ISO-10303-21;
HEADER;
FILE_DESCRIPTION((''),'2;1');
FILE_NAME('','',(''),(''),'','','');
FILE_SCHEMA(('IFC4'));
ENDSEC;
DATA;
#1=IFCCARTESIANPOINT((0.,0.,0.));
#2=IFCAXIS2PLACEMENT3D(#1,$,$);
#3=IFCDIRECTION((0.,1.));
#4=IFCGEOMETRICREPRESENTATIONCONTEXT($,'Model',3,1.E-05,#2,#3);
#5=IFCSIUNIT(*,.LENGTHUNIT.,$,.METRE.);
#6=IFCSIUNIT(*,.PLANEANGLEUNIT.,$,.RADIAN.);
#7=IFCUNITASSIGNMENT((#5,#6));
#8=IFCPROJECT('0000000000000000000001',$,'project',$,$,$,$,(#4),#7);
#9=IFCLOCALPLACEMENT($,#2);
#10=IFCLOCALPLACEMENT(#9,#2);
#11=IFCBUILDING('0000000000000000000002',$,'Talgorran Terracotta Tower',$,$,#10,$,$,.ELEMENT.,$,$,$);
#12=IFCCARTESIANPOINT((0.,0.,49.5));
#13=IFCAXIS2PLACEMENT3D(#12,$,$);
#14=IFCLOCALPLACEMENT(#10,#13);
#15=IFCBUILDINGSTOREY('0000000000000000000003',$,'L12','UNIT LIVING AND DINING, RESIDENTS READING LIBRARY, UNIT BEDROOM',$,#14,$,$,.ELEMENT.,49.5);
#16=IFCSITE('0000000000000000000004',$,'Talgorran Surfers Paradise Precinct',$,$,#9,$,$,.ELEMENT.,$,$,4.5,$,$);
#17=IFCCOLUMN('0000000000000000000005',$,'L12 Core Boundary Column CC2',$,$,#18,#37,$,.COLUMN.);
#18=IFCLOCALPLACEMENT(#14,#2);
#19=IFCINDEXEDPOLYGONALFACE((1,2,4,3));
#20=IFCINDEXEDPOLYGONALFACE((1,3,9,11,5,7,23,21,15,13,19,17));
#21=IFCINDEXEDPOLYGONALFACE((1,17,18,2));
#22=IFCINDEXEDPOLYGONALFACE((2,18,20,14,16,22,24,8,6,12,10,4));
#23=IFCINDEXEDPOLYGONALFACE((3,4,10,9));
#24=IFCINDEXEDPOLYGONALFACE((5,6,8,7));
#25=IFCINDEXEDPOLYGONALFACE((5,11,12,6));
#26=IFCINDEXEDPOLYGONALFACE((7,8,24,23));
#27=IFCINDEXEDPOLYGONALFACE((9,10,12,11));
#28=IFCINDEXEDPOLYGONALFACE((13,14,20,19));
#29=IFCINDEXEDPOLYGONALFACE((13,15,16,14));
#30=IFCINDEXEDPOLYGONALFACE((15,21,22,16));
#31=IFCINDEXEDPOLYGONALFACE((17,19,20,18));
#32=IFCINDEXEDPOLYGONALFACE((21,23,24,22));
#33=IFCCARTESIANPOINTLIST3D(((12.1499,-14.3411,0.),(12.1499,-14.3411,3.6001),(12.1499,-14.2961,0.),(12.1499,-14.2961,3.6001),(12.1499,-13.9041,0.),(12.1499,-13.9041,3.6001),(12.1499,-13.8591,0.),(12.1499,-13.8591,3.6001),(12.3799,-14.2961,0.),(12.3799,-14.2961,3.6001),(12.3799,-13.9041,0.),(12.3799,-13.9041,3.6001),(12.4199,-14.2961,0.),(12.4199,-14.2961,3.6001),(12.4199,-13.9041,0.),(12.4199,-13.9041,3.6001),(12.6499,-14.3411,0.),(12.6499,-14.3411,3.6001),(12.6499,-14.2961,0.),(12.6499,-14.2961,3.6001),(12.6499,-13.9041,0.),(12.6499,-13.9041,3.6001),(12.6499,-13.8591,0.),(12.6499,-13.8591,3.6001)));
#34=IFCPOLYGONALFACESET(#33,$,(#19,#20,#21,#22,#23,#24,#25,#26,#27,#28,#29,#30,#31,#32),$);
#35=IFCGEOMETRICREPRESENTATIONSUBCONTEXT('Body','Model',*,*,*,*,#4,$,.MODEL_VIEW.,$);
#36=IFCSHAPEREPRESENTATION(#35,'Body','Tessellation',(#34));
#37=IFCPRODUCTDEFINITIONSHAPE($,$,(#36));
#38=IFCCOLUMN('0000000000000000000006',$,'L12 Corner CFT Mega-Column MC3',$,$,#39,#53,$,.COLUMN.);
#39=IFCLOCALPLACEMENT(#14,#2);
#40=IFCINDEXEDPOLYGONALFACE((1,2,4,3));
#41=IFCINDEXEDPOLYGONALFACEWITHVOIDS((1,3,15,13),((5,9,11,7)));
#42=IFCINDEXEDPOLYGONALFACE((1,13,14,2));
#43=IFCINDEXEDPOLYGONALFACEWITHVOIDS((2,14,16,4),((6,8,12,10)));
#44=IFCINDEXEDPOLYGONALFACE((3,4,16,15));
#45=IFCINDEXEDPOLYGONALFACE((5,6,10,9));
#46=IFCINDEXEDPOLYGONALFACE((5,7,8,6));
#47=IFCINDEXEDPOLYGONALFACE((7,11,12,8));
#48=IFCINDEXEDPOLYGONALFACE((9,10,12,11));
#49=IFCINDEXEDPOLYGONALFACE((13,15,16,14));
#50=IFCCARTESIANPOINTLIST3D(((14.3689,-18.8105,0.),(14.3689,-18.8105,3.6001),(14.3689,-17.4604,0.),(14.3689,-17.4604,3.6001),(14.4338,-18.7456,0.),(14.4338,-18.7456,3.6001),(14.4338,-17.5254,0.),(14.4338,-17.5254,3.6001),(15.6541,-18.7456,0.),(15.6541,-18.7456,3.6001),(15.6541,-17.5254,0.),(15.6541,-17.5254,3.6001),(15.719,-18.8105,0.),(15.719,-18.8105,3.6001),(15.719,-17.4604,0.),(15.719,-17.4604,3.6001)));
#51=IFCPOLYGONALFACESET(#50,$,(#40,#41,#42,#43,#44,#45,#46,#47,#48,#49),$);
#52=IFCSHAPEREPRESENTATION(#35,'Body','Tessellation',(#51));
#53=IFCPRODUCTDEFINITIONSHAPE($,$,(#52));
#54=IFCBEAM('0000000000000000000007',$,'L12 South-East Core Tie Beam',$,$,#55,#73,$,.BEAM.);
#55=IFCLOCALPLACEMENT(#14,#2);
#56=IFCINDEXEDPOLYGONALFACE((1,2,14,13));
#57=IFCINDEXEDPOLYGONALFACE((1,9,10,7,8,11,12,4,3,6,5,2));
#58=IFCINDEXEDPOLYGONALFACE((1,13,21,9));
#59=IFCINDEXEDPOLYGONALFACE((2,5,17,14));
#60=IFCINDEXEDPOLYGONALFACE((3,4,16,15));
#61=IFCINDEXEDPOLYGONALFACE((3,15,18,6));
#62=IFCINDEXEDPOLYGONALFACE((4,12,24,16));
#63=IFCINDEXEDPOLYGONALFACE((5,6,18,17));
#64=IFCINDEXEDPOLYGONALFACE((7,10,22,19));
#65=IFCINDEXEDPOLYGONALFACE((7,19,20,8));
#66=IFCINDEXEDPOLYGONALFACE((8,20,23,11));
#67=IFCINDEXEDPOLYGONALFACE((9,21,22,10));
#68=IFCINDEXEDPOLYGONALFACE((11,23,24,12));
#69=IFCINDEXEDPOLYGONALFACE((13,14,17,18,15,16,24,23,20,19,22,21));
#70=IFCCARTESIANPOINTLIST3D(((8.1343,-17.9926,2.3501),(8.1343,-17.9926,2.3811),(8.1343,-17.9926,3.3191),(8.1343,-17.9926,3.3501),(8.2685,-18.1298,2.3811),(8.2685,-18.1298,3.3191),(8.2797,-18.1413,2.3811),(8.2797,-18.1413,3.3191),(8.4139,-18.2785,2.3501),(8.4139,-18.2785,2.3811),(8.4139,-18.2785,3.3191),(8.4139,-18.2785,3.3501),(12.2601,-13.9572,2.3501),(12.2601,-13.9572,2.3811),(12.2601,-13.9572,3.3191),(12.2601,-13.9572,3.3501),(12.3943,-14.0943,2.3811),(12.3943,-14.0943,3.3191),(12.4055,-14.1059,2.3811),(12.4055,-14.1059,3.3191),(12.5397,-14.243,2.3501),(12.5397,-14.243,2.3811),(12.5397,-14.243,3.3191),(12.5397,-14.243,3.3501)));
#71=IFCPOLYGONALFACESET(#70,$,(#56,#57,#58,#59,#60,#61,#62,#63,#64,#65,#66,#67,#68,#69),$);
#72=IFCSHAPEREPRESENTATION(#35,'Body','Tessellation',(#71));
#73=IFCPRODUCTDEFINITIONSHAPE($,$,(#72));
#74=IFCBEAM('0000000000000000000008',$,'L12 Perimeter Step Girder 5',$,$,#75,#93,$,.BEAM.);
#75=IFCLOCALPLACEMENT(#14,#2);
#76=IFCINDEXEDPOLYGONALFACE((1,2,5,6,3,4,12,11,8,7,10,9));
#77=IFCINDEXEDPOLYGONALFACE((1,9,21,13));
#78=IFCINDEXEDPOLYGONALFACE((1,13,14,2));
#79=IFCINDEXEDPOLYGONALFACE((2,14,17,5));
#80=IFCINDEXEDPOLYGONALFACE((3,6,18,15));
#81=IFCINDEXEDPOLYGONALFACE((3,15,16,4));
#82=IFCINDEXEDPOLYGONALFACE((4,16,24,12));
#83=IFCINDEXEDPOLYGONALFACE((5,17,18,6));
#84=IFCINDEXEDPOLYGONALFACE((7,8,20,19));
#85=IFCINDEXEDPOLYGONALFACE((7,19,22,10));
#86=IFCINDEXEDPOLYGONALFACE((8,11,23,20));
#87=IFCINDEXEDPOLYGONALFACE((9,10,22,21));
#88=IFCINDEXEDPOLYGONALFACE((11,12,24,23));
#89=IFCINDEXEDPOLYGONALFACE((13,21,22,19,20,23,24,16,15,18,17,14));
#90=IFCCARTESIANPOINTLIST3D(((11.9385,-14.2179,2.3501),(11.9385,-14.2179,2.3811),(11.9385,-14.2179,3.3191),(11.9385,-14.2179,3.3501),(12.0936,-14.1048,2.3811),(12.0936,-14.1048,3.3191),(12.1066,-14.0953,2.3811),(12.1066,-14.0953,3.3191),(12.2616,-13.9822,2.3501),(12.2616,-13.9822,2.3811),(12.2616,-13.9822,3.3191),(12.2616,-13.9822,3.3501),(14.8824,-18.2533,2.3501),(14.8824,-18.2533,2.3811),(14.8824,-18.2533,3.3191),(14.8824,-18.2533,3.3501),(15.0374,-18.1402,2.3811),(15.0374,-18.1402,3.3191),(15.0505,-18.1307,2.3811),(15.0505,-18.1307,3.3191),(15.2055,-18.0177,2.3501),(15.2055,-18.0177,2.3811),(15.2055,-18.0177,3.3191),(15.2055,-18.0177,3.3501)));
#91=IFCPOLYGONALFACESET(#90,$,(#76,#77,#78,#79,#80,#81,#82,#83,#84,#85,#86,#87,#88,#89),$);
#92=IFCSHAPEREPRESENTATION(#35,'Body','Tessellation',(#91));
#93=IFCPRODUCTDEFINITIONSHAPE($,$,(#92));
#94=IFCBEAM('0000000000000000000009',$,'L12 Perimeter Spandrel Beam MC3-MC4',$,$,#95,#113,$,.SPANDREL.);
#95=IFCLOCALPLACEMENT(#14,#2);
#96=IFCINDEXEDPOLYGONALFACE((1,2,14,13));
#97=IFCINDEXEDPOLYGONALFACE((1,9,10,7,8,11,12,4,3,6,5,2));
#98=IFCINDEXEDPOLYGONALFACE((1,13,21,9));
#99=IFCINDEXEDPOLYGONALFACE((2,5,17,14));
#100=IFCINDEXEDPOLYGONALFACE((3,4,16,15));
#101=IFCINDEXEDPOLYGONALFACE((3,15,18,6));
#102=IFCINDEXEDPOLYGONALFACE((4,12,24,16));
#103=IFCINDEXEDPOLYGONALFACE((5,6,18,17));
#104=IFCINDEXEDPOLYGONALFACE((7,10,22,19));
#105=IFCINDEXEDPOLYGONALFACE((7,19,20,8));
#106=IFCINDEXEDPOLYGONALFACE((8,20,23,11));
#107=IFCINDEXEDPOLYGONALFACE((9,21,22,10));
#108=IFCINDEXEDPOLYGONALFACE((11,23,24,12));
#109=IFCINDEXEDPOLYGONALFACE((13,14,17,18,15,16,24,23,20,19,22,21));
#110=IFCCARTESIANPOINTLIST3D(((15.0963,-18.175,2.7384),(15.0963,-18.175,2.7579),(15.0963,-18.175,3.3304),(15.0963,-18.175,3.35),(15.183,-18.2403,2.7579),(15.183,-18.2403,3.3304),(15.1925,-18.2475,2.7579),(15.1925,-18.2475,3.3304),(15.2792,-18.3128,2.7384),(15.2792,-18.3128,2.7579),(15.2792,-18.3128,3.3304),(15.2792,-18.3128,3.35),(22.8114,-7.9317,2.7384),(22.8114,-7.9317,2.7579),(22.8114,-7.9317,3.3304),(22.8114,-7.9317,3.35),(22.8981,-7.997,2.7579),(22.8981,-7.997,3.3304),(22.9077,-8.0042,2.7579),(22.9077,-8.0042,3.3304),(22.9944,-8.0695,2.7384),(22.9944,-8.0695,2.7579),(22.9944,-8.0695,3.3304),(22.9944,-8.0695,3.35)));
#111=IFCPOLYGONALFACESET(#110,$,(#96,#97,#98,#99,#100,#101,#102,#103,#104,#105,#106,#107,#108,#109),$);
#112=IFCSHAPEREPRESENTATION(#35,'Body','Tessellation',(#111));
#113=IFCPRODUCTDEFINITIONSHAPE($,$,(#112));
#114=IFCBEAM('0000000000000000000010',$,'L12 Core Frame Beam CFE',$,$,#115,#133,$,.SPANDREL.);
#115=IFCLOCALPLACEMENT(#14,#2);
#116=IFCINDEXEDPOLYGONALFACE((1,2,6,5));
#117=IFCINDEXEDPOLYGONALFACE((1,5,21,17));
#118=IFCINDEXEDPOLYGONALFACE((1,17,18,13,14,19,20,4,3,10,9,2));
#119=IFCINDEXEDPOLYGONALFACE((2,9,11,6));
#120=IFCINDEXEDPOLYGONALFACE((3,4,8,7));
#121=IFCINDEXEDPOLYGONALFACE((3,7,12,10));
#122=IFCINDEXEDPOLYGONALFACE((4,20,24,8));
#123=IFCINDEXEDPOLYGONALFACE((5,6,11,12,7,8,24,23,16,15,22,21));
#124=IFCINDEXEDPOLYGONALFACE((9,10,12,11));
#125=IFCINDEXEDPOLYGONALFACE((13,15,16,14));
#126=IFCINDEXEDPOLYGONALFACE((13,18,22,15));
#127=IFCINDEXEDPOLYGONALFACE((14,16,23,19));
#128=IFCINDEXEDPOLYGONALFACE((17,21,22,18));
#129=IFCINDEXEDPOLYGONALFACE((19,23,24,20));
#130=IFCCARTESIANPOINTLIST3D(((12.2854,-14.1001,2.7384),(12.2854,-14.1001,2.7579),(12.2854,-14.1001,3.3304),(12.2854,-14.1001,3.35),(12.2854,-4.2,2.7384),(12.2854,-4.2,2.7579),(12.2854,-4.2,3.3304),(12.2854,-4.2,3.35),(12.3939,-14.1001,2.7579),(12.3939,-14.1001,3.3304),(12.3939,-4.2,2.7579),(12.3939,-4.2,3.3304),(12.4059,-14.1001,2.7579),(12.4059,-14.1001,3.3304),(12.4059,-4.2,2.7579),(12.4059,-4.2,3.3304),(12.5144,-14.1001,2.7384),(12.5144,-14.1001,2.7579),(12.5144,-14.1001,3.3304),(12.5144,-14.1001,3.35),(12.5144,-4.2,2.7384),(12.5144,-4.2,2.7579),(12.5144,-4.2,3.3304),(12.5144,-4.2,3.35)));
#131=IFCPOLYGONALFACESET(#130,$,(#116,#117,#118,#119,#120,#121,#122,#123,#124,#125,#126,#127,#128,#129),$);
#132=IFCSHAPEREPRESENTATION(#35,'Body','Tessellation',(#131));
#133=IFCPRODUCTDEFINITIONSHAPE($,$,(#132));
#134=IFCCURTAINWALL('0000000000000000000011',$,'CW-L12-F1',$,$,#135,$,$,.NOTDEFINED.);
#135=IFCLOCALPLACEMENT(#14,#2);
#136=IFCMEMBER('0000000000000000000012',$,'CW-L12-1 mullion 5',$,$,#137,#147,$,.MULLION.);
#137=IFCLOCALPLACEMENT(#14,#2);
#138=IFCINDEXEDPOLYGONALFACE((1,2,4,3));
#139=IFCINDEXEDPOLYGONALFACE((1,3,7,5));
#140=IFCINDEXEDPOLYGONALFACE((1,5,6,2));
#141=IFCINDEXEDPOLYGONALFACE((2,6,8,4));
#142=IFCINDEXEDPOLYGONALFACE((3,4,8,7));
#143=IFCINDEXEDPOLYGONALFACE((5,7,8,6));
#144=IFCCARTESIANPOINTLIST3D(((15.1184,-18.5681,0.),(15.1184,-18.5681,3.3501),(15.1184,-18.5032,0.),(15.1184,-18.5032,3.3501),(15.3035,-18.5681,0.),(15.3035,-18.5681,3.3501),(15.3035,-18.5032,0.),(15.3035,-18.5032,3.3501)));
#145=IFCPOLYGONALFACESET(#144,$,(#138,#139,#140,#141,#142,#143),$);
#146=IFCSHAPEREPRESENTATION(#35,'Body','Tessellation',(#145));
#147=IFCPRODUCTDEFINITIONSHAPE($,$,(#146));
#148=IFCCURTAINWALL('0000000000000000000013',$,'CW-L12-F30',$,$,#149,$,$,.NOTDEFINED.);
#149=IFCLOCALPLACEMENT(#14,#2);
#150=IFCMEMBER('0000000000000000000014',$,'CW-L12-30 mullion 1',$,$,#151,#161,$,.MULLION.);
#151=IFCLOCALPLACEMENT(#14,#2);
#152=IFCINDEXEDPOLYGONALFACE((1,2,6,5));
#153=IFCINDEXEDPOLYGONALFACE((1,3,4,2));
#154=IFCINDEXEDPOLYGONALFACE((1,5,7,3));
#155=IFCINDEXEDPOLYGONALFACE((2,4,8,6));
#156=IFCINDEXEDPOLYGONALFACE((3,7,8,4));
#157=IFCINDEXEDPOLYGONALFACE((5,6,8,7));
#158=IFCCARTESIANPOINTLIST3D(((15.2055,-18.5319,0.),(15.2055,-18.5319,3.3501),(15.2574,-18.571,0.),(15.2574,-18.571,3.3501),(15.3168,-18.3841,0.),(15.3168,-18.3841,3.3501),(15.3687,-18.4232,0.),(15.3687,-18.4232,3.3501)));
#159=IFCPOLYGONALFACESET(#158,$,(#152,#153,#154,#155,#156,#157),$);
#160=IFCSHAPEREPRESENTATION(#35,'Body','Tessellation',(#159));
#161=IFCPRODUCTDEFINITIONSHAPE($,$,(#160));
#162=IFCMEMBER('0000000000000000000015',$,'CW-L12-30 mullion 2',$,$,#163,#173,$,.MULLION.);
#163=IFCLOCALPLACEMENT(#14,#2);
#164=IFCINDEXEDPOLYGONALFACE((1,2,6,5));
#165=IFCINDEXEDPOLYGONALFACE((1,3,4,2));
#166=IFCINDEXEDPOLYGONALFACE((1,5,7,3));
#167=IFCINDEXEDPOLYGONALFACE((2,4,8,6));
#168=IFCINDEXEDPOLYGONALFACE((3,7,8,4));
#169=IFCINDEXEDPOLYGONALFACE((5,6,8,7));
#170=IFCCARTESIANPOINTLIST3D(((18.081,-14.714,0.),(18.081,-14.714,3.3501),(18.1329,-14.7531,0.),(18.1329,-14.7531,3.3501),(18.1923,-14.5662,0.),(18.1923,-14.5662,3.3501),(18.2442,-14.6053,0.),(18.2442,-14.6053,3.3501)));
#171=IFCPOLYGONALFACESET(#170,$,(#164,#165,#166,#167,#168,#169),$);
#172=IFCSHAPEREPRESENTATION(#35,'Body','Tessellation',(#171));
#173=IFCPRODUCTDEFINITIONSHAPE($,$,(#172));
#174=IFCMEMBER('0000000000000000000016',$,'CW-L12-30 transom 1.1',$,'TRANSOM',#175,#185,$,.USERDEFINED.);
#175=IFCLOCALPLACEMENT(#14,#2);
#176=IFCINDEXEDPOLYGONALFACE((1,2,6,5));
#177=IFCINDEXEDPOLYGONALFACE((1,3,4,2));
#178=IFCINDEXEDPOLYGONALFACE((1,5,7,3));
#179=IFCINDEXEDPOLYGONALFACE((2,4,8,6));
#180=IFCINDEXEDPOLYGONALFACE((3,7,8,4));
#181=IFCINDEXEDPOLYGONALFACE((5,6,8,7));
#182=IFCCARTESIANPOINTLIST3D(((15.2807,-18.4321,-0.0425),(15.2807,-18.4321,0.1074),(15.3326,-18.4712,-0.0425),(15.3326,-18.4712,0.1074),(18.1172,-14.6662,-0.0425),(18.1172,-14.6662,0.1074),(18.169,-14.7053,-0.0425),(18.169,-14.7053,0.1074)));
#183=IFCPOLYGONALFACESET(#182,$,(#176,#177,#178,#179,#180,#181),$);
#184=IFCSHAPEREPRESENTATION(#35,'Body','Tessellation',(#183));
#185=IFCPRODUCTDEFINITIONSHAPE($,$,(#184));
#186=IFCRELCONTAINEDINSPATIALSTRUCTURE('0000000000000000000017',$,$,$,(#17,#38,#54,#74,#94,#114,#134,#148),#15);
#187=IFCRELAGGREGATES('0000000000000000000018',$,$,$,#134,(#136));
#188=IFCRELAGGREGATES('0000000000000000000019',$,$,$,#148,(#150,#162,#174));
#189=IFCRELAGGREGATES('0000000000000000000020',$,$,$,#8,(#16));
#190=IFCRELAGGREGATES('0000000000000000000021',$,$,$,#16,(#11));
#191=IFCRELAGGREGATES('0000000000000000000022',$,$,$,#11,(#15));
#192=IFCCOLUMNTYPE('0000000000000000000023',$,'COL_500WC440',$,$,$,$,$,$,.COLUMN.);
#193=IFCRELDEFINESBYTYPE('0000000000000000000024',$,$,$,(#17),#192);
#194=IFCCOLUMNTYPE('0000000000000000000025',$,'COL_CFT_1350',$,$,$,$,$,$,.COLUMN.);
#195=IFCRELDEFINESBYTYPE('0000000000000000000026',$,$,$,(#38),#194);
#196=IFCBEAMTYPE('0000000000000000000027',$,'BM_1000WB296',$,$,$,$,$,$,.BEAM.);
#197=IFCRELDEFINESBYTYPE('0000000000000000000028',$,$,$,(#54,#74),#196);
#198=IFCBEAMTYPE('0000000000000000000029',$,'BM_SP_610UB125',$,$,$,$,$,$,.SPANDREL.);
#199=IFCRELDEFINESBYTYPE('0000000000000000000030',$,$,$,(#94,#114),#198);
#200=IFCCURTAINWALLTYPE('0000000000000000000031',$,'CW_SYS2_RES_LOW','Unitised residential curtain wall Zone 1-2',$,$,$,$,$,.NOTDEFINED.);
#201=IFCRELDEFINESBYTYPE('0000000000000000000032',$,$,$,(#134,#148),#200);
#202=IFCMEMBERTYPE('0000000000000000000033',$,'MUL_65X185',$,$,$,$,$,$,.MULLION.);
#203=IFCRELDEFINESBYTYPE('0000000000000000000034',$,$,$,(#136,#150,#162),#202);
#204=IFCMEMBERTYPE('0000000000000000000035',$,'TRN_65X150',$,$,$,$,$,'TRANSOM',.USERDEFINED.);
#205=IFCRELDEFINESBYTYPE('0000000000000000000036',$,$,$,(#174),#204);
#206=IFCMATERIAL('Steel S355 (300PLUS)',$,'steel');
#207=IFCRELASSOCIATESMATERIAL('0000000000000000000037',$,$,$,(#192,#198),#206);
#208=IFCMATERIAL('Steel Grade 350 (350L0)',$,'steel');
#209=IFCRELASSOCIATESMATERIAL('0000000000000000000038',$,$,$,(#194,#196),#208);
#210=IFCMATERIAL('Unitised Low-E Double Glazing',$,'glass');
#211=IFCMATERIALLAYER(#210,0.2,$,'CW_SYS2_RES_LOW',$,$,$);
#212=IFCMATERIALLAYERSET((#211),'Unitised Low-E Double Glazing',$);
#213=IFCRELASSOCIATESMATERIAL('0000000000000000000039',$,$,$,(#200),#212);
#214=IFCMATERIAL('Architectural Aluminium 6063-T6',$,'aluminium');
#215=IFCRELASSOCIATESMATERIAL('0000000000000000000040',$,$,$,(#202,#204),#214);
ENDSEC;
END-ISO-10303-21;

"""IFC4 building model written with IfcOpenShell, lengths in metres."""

from ifc_helpers import new_model, si_unit, direction, frame, origin, origin_2d, place, context, subcontext, project, spatial, rectangle, hollow_rectangle, i_section, extrude, material, layer, layer_set, material_profile, profile_set, type_object, element, aggregate, save


model = new_model("IFC4")

# Units and contexts
model_context = context("Model", 3, precision=1e-05, world=origin(), true_north=direction((0.0, 1.0)))
body_context = subcontext(model_context, "Body", "Model", "MODEL_VIEW")
ifc_project = project(units=[si_unit("LENGTHUNIT", "METRE"), si_unit("PLANEANGLEUNIT", "RADIAN")], contexts=[model_context])

# Site, building, storey
site_placement = place(None, origin())
site = spatial("IfcSite", under=ifc_project, at=site_placement, Name="Talgorran Surfers Paradise Precinct", CompositionType="ELEMENT", RefElevation=4.5)
building_placement = place(site_placement, origin())
building = spatial("IfcBuilding", under=site, at=building_placement, Name="Talgorran Terracotta Tower", CompositionType="ELEMENT")
storey_placement = place(building_placement, frame((0.0, 0.0, 49.5)))
storey = spatial("IfcBuildingStorey", under=building, at=storey_placement, Name="L12", Description="UNIT LIVING AND DINING, RESIDENTS READING LIBRARY, UNIT BEDROOM", CompositionType="ELEMENT", Elevation=49.5)

# Columns
ifc_material_1 = material(Name="Steel S355 (300PLUS)", Category="steel")
ifc_material_profile_1 = material_profile(ifc_material_1, i_section(OverallWidth=0.5, OverallDepth=0.4819, WebThickness=0.04, FlangeThickness=0.0449, at=origin_2d()), Name="500WC440")
ifc_profile_set_1 = profile_set([ifc_material_profile_1], Name="Steel S355 (300PLUS)")
column_type_1 = type_object("IfcColumnType", Name="COL_500WC440", PredefinedType="COLUMN", material=ifc_profile_set_1)
column_1_placement = place(storey_placement, frame((12.3999, -14.1001, 0.0), z_axis=(0.0, 0.0, 1.0), x_axis=(1.0, 0.0, 0.0)))
element("IfcColumn", 1, at=column_1_placement, inside=storey, type_object=column_type_1, Name="L12 Core Boundary Column CC2", PredefinedType="COLUMN", context=body_context, shape_type="SweptSolid", body=[
    extrude(i_section(OverallWidth=0.5, OverallDepth=0.4819, WebThickness=0.04, FlangeThickness=0.0449, at=origin_2d()), origin(), (0.0, 0.0, 1.0), 3.6001),
])
ifc_material_2 = material(Name="Steel Grade 350 (350L0)", Category="steel")
ifc_material_profile_2 = material_profile(ifc_material_2, hollow_rectangle(XDim=1.3501, YDim=1.3501, WallThickness=0.0649, at=origin_2d()), Name="CFT1350X1350X65")
ifc_profile_set_2 = profile_set([ifc_material_profile_2], Name="Steel Grade 350 (350L0)")
column_type_2 = type_object("IfcColumnType", Name="COL_CFT_1350", PredefinedType="COLUMN", material=ifc_profile_set_2)
column_2_placement = place(storey_placement, frame((15.0439, -18.1355, 0.0), z_axis=(0.0, 0.0, 1.0), x_axis=(1.0, 0.0, 0.0)))
element("IfcColumn", 2, at=column_2_placement, inside=storey, type_object=column_type_2, Name="L12 Corner CFT Mega-Column MC3", PredefinedType="COLUMN", context=body_context, shape_type="SweptSolid", body=[
    extrude(hollow_rectangle(XDim=1.3501, YDim=1.3501, WallThickness=0.0649, at=origin_2d()), origin(), (0.0, 0.0, 1.0), 3.6001),
])

# Beams
ifc_material_profile_3 = material_profile(ifc_material_2, i_section(OverallWidth=0.3999, OverallDepth=1.0, WebThickness=0.0161, FlangeThickness=0.031, at=origin_2d()), Name="1000WB296")
ifc_profile_set_3 = profile_set([ifc_material_profile_3], Name="Steel Grade 350 (350L0)")
beam_type_1 = type_object("IfcBeamType", Name="BM_1000WB296", PredefinedType="BEAM", material=ifc_profile_set_3)
beam_1_placement = place(storey_placement, frame((12.3999, -14.1001, 2.8501), z_axis=(-0.71489, -0.699237, 0.0), x_axis=(0.699237, -0.71489, 0.0)))
element("IfcBeam", 3, at=beam_1_placement, inside=storey, type_object=beam_type_1, Name="L12 South-East Core Tie Beam", PredefinedType="BEAM", context=body_context, shape_type="SweptSolid", body=[
    extrude(i_section(OverallWidth=0.3999, OverallDepth=1.0, WebThickness=0.0161, FlangeThickness=0.031, at=origin_2d()), origin(), (0.0, 0.0, 1.0), 5.7712),
])
beam_2_placement = place(storey_placement, frame((15.0439, -18.1355, 2.8501), z_axis=(-0.589351, 0.807877, 0.0), x_axis=(-0.807877, -0.589351, 0.0)))
element("IfcBeam", 4, at=beam_2_placement, inside=storey, type_object=beam_type_1, Name="L12 Perimeter Step Girder 5", PredefinedType="BEAM", context=body_context, shape_type="SweptSolid", body=[
    extrude(i_section(OverallWidth=0.3999, OverallDepth=1.0, WebThickness=0.0161, FlangeThickness=0.031, at=origin_2d()), origin(), (0.0, 0.0, 1.0), 4.9951),
])
ifc_material_profile_4 = material_profile(ifc_material_1, i_section(OverallWidth=0.229, OverallDepth=0.6116, WebThickness=0.012, FlangeThickness=0.0195, at=origin_2d()), Name="610UB125")
ifc_profile_set_4 = profile_set([ifc_material_profile_4], Name="Steel S355 (300PLUS)")
beam_type_2 = type_object("IfcBeamType", Name="BM_SP_610UB125", PredefinedType="SPANDREL", material=ifc_profile_set_4)
beam_3_placement = place(storey_placement, frame((15.1877, -18.2439, 3.0442), z_axis=(0.601631, 0.798774, 0.0), x_axis=(-0.798774, 0.601631, 0.0)))
element("IfcBeam", 5, at=beam_3_placement, inside=storey, type_object=beam_type_2, Name="L12 Perimeter Spandrel Beam MC3-MC4", PredefinedType="SPANDREL", context=body_context, shape_type="SweptSolid", body=[
    extrude(i_section(OverallWidth=0.229, OverallDepth=0.6116, WebThickness=0.012, FlangeThickness=0.0195, at=origin_2d()), origin(), (0.0, 0.0, 1.0), 12.8237),
])
beam_4_placement = place(storey_placement, frame((12.3999, -14.1001, 3.0442), z_axis=(0.0, 1.0, 0.0), x_axis=(-1.0, 0.0, 0.0)))
element("IfcBeam", 6, at=beam_4_placement, inside=storey, type_object=beam_type_2, Name="L12 Core Frame Beam CFE", PredefinedType="SPANDREL", context=body_context, shape_type="SweptSolid", body=[
    extrude(i_section(OverallWidth=0.229, OverallDepth=0.6116, WebThickness=0.012, FlangeThickness=0.0195, at=origin_2d()), origin(), (0.0, 0.0, 1.0), 9.9001),
])

# Curtain wall, member
ifc_material_3 = material(Name="Unitised Low-E Double Glazing", Category="glass")
ifc_layer_1 = layer(ifc_material_3, 0.2, Name="CW_SYS2_RES_LOW")
ifc_layer_set_1 = layer_set([ifc_layer_1], Name="Unitised Low-E Double Glazing")
curtain_wall_type = type_object("IfcCurtainWallType", Name="CW_SYS2_RES_LOW", Description="Unitised residential curtain wall Zone 1-2", PredefinedType="NOTDEFINED", material=ifc_layer_set_1)
curtain_wall_1_placement = place(storey_placement, origin())
curtain_wall_1 = element("IfcCurtainWall", 7, at=curtain_wall_1_placement, inside=storey, type_object=curtain_wall_type, Name="CW-L12-F1", PredefinedType="NOTDEFINED")
ifc_material_4 = material(Name="Architectural Aluminium 6063-T6", Category="aluminium")
ifc_material_profile_5 = material_profile(ifc_material_4, rectangle(XDim=0.0649, YDim=0.1851, at=origin_2d()), Name="CWM65X185")
ifc_profile_set_5 = profile_set([ifc_material_profile_5], Name="Architectural Aluminium 6063-T6")
member_type_1 = type_object("IfcMemberType", Name="MUL_65X185", PredefinedType="MULLION", material=ifc_profile_set_5)
member_1_placement = place(storey_placement, frame((15.2109, -18.5356, 0.0), z_axis=(0.0, 0.0, 1.0), x_axis=(0.0, 1.0, 0.0)))
member_1 = element("IfcMember", 8, at=member_1_placement, type_object=member_type_1, Name="CW-L12-1 mullion 5", PredefinedType="MULLION", context=body_context, shape_type="SweptSolid", body=[
    extrude(rectangle(XDim=0.0649, YDim=0.1851, at=origin_2d()), origin(), (0.0, 0.0, 1.0), 3.3501),
])
aggregate(curtain_wall_1, [member_1])

# Curtain wall, members
curtain_wall_2_placement = place(storey_placement, origin())
curtain_wall_2 = element("IfcCurtainWall", 9, at=curtain_wall_2_placement, inside=storey, type_object=curtain_wall_type, Name="CW-L12-F30", PredefinedType="NOTDEFINED")
member_2_placement = place(storey_placement, frame((15.2871, -18.4775, 0.0), z_axis=(0.0, 0.0, 1.0), x_axis=(-0.798775, 0.60163, 0.0)))
member_2 = element("IfcMember", 10, at=member_2_placement, type_object=member_type_1, Name="CW-L12-30 mullion 1", PredefinedType="MULLION", context=body_context, shape_type="SweptSolid", body=[
    extrude(rectangle(XDim=0.0649, YDim=0.1851, at=origin_2d()), origin(), (0.0, 0.0, 1.0), 3.3501),
])
member_3_placement = place(storey_placement, frame((18.1626, -14.6597, 0.0), z_axis=(0.0, 0.0, 1.0), x_axis=(-0.798775, 0.60163, 0.0)))
member_3 = element("IfcMember", 11, at=member_3_placement, type_object=member_type_1, Name="CW-L12-30 mullion 2", PredefinedType="MULLION", context=body_context, shape_type="SweptSolid", body=[
    extrude(rectangle(XDim=0.0649, YDim=0.1851, at=origin_2d()), origin(), (0.0, 0.0, 1.0), 3.3501),
])
ifc_material_profile_6 = material_profile(ifc_material_4, rectangle(XDim=0.0649, YDim=0.1499, at=origin_2d()), Name="CWT65X150")
ifc_profile_set_6 = profile_set([ifc_material_profile_6], Name="Architectural Aluminium 6063-T6")
member_type_2 = type_object("IfcMemberType", Name="TRN_65X150", ElementType="TRANSOM", PredefinedType="USERDEFINED", material=ifc_profile_set_6)
member_4_placement = place(storey_placement, frame((15.3066, -18.4517, 0.0325), z_axis=(0.601631, 0.798774, 0.0), x_axis=(-0.798774, 0.601631, 0.0)))
member_4 = element("IfcMember", 12, at=member_4_placement, type_object=member_type_2, Name="CW-L12-30 transom 1.1", ObjectType="TRANSOM", PredefinedType="USERDEFINED", context=body_context, shape_type="SweptSolid", body=[
    extrude(rectangle(XDim=0.0649, YDim=0.1499, at=origin_2d()), origin(), (0.0, 0.0, 1.0), 4.7146),
])

aggregate(curtain_wall_2, [member_2, member_3, member_4])

save(model, "model.ifc")
